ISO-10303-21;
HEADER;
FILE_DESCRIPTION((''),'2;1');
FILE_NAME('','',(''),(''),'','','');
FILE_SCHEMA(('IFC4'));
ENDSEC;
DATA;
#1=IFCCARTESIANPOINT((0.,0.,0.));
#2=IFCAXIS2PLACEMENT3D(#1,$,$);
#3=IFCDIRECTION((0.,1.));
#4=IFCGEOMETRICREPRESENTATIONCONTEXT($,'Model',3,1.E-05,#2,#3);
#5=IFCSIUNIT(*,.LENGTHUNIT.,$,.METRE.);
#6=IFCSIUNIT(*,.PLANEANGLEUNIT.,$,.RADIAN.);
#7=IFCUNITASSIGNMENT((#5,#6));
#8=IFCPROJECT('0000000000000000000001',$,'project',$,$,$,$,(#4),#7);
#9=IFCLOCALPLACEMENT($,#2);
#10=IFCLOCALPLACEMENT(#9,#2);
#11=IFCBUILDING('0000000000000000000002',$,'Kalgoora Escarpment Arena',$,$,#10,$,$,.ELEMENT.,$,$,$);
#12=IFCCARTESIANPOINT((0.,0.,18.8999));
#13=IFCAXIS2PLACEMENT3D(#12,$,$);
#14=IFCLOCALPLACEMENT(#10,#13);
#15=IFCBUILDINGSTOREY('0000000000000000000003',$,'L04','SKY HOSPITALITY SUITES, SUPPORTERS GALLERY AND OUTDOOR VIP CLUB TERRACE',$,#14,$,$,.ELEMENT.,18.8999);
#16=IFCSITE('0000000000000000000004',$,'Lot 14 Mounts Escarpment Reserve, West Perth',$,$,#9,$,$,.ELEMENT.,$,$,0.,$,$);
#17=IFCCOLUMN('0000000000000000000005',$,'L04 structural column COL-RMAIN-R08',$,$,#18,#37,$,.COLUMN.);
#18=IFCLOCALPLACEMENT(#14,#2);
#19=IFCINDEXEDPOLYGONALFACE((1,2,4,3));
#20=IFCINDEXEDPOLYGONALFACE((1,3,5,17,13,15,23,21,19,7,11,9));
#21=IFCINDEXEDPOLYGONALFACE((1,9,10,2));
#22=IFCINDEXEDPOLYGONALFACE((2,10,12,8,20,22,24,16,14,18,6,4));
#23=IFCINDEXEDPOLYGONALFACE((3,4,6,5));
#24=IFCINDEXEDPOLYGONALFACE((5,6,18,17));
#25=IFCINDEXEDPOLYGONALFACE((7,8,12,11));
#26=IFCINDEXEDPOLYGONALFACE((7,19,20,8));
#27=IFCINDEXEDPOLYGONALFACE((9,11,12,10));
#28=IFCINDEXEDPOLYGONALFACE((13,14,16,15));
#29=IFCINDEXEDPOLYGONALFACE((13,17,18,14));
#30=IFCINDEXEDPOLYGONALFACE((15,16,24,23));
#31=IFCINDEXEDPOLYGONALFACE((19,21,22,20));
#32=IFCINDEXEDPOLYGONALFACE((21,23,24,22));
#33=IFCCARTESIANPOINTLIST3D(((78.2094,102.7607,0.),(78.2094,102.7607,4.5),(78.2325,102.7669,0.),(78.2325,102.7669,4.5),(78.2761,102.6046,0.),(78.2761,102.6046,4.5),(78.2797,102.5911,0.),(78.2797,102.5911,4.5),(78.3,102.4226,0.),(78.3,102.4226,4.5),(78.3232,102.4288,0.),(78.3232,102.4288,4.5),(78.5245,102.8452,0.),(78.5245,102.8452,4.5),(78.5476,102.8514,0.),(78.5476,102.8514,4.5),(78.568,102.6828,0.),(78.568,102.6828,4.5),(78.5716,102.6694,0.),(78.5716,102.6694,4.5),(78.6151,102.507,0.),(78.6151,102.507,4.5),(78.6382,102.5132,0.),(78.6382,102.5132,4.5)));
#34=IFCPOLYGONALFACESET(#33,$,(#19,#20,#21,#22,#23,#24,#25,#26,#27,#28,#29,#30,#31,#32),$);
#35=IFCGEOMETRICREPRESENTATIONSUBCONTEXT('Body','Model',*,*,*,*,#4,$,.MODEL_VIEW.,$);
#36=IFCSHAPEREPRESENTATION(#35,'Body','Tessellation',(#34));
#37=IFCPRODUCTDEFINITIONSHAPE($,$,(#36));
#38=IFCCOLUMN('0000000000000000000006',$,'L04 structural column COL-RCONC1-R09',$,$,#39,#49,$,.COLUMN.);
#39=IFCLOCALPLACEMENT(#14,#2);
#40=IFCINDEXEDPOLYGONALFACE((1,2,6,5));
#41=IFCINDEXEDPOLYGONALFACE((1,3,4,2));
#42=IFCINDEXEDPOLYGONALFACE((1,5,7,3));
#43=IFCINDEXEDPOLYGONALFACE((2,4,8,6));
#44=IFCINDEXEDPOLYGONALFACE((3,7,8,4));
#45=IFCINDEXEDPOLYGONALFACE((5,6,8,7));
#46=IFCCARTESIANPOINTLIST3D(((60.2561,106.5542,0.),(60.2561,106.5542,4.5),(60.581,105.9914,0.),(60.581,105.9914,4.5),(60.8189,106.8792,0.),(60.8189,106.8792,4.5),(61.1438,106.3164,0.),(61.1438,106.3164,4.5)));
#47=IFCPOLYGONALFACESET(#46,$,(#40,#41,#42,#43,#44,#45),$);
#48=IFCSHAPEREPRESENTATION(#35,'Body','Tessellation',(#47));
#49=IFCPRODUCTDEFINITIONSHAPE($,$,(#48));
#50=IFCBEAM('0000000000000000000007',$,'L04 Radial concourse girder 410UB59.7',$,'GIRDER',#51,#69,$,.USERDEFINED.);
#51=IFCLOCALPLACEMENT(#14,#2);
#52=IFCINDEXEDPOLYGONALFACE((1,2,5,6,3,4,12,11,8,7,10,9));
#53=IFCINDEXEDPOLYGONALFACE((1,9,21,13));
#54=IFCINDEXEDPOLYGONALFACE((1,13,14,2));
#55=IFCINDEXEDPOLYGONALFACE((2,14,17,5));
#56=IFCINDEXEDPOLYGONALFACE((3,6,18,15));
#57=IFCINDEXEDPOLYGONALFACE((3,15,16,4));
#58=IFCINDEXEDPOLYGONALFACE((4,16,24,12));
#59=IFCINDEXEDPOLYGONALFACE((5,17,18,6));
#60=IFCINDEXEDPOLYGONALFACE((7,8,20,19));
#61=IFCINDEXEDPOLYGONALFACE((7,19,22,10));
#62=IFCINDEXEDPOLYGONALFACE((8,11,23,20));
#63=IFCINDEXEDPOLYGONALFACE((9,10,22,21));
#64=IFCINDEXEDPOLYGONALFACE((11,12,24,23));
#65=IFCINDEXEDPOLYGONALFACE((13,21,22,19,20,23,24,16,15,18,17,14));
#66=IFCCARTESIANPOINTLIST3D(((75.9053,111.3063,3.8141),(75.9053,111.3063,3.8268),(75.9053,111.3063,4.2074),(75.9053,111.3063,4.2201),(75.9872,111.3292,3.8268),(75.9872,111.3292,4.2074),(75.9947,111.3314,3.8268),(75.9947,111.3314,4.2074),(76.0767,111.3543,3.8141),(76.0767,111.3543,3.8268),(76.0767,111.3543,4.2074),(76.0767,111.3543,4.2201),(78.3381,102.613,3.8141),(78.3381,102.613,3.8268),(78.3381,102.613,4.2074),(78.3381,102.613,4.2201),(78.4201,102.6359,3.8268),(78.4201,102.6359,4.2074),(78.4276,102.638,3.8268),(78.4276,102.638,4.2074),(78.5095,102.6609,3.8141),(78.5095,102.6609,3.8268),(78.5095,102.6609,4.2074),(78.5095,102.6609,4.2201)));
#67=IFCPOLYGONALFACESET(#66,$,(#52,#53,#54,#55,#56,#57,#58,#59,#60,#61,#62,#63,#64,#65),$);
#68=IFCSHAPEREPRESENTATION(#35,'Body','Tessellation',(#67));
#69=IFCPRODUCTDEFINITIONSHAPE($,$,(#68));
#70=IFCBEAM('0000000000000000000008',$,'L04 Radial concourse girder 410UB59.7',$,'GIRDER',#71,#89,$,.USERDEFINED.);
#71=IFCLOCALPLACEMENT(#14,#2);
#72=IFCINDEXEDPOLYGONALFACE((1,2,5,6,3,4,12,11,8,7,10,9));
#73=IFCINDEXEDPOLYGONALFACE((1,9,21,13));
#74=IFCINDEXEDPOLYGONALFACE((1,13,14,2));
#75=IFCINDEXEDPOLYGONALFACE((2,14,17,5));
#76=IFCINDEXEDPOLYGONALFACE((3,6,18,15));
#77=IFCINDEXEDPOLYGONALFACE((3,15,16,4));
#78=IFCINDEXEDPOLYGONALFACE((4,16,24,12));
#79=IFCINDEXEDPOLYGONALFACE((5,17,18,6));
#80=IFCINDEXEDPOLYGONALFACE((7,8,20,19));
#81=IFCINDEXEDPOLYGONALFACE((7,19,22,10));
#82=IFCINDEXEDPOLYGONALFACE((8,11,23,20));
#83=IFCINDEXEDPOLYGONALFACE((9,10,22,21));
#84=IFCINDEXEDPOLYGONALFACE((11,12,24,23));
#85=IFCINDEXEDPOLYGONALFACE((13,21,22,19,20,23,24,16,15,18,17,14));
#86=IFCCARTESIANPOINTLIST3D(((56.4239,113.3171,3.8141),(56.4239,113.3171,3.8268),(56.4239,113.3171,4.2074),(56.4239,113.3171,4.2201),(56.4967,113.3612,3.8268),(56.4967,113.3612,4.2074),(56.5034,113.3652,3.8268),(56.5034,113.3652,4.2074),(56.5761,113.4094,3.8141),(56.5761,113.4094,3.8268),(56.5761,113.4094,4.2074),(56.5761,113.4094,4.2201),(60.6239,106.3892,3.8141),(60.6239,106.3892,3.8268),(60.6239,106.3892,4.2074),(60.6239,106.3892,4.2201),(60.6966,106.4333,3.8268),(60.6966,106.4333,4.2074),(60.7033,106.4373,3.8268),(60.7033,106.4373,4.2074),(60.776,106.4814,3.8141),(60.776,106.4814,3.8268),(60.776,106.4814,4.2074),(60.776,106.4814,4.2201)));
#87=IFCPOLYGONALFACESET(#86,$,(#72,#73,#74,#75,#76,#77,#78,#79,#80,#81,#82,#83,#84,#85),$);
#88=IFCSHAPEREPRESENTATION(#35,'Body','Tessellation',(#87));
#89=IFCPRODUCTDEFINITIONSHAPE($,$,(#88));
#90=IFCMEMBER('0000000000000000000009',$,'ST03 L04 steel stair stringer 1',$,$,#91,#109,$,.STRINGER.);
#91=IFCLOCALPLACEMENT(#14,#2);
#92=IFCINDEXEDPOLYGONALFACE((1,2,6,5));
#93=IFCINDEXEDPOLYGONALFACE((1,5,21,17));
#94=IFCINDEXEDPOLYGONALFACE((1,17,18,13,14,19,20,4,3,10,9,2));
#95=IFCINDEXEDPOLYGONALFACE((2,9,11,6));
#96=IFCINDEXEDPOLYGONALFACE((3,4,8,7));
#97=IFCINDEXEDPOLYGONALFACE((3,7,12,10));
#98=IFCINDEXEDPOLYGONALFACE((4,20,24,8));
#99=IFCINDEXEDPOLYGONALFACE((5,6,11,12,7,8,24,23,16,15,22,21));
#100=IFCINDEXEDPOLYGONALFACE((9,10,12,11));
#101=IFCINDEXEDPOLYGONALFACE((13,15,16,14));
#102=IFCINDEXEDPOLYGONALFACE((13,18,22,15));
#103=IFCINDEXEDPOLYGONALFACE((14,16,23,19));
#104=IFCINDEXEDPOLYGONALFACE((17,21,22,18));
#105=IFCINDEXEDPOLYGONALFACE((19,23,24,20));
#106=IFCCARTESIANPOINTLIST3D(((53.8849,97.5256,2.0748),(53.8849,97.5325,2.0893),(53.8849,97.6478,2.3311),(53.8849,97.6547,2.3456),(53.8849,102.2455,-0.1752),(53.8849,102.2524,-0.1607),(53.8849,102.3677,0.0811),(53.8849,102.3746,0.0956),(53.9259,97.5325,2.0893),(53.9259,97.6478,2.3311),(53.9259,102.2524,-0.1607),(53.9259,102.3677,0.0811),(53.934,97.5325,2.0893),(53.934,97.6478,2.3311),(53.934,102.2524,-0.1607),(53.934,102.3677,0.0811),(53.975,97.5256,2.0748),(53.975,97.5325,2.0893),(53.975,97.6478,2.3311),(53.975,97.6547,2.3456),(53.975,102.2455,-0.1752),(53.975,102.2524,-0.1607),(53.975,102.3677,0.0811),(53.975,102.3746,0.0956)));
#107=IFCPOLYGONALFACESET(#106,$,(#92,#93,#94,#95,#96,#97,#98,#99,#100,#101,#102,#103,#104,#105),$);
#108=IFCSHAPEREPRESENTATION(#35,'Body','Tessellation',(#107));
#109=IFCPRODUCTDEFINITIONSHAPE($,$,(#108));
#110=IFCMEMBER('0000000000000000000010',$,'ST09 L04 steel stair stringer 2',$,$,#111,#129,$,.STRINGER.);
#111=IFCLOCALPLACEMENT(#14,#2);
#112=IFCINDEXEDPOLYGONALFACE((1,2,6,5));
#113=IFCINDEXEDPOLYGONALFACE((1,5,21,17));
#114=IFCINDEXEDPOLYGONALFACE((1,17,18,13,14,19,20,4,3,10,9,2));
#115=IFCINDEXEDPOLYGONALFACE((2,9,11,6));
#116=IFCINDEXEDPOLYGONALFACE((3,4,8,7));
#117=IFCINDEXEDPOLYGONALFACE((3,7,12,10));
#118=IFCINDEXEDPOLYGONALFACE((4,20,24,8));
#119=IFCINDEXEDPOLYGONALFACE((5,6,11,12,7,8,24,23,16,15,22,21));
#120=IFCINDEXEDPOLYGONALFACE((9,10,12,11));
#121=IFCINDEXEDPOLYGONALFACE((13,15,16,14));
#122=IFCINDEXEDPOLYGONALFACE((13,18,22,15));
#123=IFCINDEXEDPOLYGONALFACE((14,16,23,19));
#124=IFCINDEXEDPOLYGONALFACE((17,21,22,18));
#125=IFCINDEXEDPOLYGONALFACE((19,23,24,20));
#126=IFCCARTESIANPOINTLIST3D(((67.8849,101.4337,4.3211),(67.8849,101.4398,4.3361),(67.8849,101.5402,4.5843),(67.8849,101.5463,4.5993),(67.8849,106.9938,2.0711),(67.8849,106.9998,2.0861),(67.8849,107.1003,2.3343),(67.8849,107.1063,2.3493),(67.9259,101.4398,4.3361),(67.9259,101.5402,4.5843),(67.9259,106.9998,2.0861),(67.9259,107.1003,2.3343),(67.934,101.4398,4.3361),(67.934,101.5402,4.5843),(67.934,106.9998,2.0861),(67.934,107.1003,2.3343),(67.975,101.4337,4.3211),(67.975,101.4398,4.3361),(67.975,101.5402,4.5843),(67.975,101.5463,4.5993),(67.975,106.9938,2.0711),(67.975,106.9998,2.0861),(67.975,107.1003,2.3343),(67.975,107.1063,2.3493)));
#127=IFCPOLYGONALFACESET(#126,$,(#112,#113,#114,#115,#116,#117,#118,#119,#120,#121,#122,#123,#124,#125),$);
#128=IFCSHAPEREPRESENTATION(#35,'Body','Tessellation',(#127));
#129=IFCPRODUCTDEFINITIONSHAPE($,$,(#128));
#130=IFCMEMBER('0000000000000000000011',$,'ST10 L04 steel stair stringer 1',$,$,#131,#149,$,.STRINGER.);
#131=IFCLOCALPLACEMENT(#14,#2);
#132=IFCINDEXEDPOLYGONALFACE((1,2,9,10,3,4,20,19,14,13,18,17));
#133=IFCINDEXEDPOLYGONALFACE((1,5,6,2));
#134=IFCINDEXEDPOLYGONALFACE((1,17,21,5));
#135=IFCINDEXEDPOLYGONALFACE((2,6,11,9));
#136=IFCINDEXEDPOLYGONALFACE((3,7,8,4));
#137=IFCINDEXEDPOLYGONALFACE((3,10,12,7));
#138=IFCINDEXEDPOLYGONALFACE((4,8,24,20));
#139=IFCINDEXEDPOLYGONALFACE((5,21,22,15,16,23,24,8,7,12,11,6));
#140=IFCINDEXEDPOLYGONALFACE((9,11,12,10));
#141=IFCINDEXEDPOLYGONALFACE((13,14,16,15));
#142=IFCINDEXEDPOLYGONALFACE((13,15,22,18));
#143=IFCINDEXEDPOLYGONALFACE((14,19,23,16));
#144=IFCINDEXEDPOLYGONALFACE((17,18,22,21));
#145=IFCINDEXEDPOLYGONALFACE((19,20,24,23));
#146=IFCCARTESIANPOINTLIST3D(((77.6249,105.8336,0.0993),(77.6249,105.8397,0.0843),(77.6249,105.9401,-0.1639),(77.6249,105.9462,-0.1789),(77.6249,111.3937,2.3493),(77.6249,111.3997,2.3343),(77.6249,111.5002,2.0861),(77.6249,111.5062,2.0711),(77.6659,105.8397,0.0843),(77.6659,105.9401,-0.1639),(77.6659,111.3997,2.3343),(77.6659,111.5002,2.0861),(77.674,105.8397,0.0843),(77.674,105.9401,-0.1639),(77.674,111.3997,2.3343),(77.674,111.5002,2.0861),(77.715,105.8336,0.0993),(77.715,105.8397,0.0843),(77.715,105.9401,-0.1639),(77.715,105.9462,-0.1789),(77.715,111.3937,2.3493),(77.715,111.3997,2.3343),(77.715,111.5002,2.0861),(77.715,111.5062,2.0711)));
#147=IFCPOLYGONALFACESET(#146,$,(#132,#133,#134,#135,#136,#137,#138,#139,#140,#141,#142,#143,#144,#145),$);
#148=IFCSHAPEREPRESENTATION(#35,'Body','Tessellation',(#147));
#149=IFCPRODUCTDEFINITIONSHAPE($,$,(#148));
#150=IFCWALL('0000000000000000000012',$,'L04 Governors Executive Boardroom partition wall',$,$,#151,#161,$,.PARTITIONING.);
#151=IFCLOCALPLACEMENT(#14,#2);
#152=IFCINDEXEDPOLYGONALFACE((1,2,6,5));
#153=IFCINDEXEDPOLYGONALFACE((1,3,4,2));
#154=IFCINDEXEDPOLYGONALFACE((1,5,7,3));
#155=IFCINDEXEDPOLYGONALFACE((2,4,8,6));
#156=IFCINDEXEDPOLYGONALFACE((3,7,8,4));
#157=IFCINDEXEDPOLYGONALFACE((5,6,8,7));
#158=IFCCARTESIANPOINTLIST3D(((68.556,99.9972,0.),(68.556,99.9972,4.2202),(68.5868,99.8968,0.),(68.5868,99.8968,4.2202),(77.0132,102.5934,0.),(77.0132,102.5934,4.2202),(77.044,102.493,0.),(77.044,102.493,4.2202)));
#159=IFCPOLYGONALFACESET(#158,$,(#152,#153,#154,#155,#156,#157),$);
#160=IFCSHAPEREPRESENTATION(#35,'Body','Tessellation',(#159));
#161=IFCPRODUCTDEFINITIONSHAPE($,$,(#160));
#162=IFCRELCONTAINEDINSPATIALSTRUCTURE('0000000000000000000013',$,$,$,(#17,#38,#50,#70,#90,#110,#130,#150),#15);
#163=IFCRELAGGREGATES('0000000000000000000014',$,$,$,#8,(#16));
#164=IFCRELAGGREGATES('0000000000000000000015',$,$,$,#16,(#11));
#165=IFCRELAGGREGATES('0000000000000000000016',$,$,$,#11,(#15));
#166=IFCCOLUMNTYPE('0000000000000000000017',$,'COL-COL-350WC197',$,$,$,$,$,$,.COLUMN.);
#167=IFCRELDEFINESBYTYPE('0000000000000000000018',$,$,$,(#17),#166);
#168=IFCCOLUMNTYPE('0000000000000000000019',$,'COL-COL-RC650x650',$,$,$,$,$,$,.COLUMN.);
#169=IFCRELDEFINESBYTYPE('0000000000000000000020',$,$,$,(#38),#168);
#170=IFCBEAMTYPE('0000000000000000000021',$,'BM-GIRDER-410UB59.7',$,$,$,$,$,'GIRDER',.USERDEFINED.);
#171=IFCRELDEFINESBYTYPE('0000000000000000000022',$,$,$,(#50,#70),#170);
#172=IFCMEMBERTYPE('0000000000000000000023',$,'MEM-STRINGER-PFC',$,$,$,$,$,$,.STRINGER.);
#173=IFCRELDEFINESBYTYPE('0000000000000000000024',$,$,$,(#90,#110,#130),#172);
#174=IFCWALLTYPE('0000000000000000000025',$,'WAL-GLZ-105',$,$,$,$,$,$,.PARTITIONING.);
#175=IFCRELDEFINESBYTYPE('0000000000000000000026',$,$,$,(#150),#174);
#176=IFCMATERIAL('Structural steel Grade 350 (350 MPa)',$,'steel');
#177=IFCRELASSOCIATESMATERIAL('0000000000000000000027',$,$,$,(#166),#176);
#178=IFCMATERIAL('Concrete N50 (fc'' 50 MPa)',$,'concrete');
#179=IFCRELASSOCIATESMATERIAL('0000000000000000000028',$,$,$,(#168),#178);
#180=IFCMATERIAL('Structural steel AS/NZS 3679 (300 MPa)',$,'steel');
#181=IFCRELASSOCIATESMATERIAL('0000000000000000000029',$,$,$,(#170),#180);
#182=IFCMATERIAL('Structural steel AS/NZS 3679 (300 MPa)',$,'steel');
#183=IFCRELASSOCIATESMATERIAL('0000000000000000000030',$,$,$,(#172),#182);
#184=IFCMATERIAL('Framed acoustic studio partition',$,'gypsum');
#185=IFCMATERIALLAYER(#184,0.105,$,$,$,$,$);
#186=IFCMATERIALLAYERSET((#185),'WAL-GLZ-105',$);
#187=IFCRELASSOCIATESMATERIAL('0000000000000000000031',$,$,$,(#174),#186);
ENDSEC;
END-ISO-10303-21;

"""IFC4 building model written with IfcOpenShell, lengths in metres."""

from ifc_helpers import new_model, si_unit, direction, frame, frame_2d, origin, origin_2d, place, context, subcontext, project, spatial, rectangle, i_section, extrude, material, layer, layer_set, material_profile, profile_set, type_object, element, save


model = new_model("IFC4")

# Units and contexts
model_context = context("Model", 3, precision=1e-05, world=origin(), true_north=direction((0.0, 1.0)))
body_context = subcontext(model_context, "Body", "Model", "MODEL_VIEW")
ifc_project = project(units=[si_unit("LENGTHUNIT", "METRE"), si_unit("PLANEANGLEUNIT", "RADIAN")], contexts=[model_context])

# Site, building, storey
site_placement = place(None, origin())
site = spatial("IfcSite", under=ifc_project, at=site_placement, Name="Lot 14 Mounts Escarpment Reserve, West Perth", CompositionType="ELEMENT", RefElevation=0.0)
building_placement = place(site_placement, origin())
building = spatial("IfcBuilding", under=site, at=building_placement, Name="Kalgoora Escarpment Arena", CompositionType="ELEMENT")
storey_placement = place(building_placement, frame((0.0, 0.0, 18.8999)))
storey = spatial("IfcBuildingStorey", under=building, at=storey_placement, Name="L04", Description="SKY HOSPITALITY SUITES, SUPPORTERS GALLERY AND OUTDOOR VIP CLUB TERRACE", CompositionType="ELEMENT", Elevation=18.8999)

# Columns
ifc_material_1 = material(Name="Structural steel Grade 350 (350 MPa)", Category="steel")
ifc_material_profile_1 = material_profile(ifc_material_1, i_section(OverallWidth=0.3501, OverallDepth=0.3501, WebThickness=0.0139, FlangeThickness=0.0239, at=origin_2d()))
ifc_profile_set_1 = profile_set([ifc_material_profile_1], Name="Structural steel Grade 350 (350 MPa)")
column_type_1 = type_object("IfcColumnType", Name="COL-COL-350WC197", PredefinedType="COLUMN", material=ifc_profile_set_1)
column_1_placement = place(storey_placement, frame((78.4238, 102.637, 0.0), z_axis=(0.0, 0.0, 1.0), x_axis=(-0.258819, 0.965926, 0.0)))
element("IfcColumn", 1, at=column_1_placement, inside=storey, type_object=column_type_1, Name="L04 structural column COL-RMAIN-R08", PredefinedType="COLUMN", context=body_context, shape_type="SweptSolid", body=[
    extrude(i_section(OverallWidth=0.3501, OverallDepth=0.3501, WebThickness=0.0139, FlangeThickness=0.0239, at=origin_2d()), origin(), (0.0, 0.0, 1.0), 4.5),
])
ifc_material_2 = material(Name="Concrete N50 (fc' 50 MPa)", Category="concrete")
ifc_material_profile_2 = material_profile(ifc_material_2, rectangle(XDim=0.6499, YDim=0.6499, at=origin_2d()))
ifc_profile_set_2 = profile_set([ifc_material_profile_2], Name="Concrete N50 (fc' 50 MPa)")
column_type_2 = type_object("IfcColumnType", Name="COL-COL-RC650x650", PredefinedType="COLUMN", material=ifc_profile_set_2)
column_2_placement = place(storey_placement, frame((60.7, 106.4353, 0.0), z_axis=(0.0, 0.0, 1.0), x_axis=(-0.5, 0.866025, 0.0)))
element("IfcColumn", 2, at=column_2_placement, inside=storey, type_object=column_type_2, Name="L04 structural column COL-RCONC1-R09", PredefinedType="COLUMN", context=body_context, shape_type="SweptSolid", body=[
    extrude(rectangle(XDim=0.6499, YDim=0.6499, at=origin_2d()), origin(), (0.0, 0.0, 1.0), 4.5),
])

# Beams
ifc_material_3 = material(Name="Structural steel AS/NZS 3679 (300 MPa)", Category="steel")
ifc_material_profile_3 = material_profile(ifc_material_3, i_section(OverallWidth=0.178, OverallDepth=0.406, WebThickness=0.0078, FlangeThickness=0.0127, at=origin_2d()))
ifc_profile_set_3 = profile_set([ifc_material_profile_3], Name="Structural steel AS/NZS 3679 (300 MPa)")
beam_type = type_object("IfcBeamType", Name="BM-GIRDER-410UB59.7", ElementType="GIRDER", PredefinedType="USERDEFINED", material=ifc_profile_set_3)
beam_1_placement = place(storey_placement, frame((78.4238, 102.637, 4.0171), z_axis=(-0.269499, 0.963001, 0.0), x_axis=(-0.963001, -0.269499, 0.0)))
element("IfcBeam", 3, at=beam_1_placement, inside=storey, type_object=beam_type, Name="L04 Radial concourse girder 410UB59.7", ObjectType="GIRDER", PredefinedType="USERDEFINED", context=body_context, shape_type="SweptSolid", body=[
    extrude(i_section(OverallWidth=0.178, OverallDepth=0.406, WebThickness=0.0078, FlangeThickness=0.0127, at=origin_2d()), origin(), (0.0, 0.0, 1.0), 9.0273),
])
beam_2_placement = place(storey_placement, frame((60.7, 106.4353, 4.0171), z_axis=(-0.518408, 0.855133, 0.0), x_axis=(-0.855133, -0.518408, 0.0)))
element("IfcBeam", 4, at=beam_2_placement, inside=storey, type_object=beam_type, Name="L04 Radial concourse girder 410UB59.7", ObjectType="GIRDER", PredefinedType="USERDEFINED", context=body_context, shape_type="SweptSolid", body=[
    extrude(i_section(OverallWidth=0.178, OverallDepth=0.406, WebThickness=0.0078, FlangeThickness=0.0127, at=origin_2d()), origin(), (0.0, 0.0, 1.0), 8.1016),
])

# Members
ifc_material_4 = material(Name="Structural steel AS/NZS 3679 (300 MPa)", Category="steel")
ifc_material_profile_4 = material_profile(ifc_material_4, i_section(OverallWidth=0.0901, OverallDepth=0.3, WebThickness=0.0081, FlangeThickness=0.0161, at=origin_2d()))
ifc_profile_set_4 = profile_set([ifc_material_profile_4], Name="Structural steel AS/NZS 3679 (300 MPa)")
member_type = type_object("IfcMemberType", Name="MEM-STRINGER-PFC", PredefinedType="STRINGER", material=ifc_profile_set_4)
member_placement = place(storey_placement, frame((53.9299, 102.3101, -0.0398), z_axis=(0.0, -0.902683, 0.430307), x_axis=(1.0, 0.0, 0.0)))
element("IfcMember", 5, at=member_placement, inside=storey, type_object=member_type, Name="ST03 L04 steel stair stringer 1", PredefinedType="STRINGER", context=body_context, shape_type="SweptSolid", body=[
    extrude(i_section(OverallWidth=0.0901, OverallDepth=0.3, WebThickness=0.0081, FlangeThickness=0.0161, at=origin_2d()), origin(), (0.0, 0.0, 1.0), 5.2288),
])
for number, where, z_axis, x_axis, name in (
    (6, (67.9299, 107.05, 2.2102), (0.0, -0.926976, 0.375121), (1.0, 0.0, 0.0), "ST09 L04 steel stair stringer 2"),
    (7, (77.6699, 105.8899, -0.0398), (0.0, 0.926976, 0.375121), (-1.0, 0.0, 0.0), "ST10 L04 steel stair stringer 1"),
):
    element("IfcMember", number, at=place(storey_placement, frame(where, z_axis=z_axis, x_axis=x_axis)), inside=storey, type_object=member_type, Name=name, PredefinedType="STRINGER", context=body_context, shape_type="SweptSolid", body=[
        extrude(i_section(OverallWidth=0.0901, OverallDepth=0.3, WebThickness=0.0081, FlangeThickness=0.0161, at=origin_2d()), origin(), (0.0, 0.0, 1.0), 5.998),
    ])

# Wall
ifc_material_5 = material(Name="Framed acoustic studio partition", Category="gypsum")
ifc_layer_1 = layer(ifc_material_5, 0.105)
ifc_layer_set_1 = layer_set([ifc_layer_1], Name="WAL-GLZ-105")
wall_type_1 = type_object("IfcWallType", Name="WAL-GLZ-105", PredefinedType="PARTITIONING", material=ifc_layer_set_1)
wall_1_placement = place(storey_placement, frame((77.0286, 102.5432, 0.0), z_axis=(0.0, 0.0, 1.0), x_axis=(-0.955969, -0.293469, 0.0)))
element("IfcWall", 8, at=wall_1_placement, inside=storey, type_object=wall_type_1, Name="L04 Governors Executive Boardroom partition wall", PredefinedType="PARTITIONING", context=body_context, shape_type="SweptSolid", body=[
    extrude(rectangle(XDim=8.8467, YDim=0.105, at=frame_2d((4.4233, 0.0))), origin(), (0.0, 0.0, 1.0), 4.2202),
])

save(model, "model.ifc")
